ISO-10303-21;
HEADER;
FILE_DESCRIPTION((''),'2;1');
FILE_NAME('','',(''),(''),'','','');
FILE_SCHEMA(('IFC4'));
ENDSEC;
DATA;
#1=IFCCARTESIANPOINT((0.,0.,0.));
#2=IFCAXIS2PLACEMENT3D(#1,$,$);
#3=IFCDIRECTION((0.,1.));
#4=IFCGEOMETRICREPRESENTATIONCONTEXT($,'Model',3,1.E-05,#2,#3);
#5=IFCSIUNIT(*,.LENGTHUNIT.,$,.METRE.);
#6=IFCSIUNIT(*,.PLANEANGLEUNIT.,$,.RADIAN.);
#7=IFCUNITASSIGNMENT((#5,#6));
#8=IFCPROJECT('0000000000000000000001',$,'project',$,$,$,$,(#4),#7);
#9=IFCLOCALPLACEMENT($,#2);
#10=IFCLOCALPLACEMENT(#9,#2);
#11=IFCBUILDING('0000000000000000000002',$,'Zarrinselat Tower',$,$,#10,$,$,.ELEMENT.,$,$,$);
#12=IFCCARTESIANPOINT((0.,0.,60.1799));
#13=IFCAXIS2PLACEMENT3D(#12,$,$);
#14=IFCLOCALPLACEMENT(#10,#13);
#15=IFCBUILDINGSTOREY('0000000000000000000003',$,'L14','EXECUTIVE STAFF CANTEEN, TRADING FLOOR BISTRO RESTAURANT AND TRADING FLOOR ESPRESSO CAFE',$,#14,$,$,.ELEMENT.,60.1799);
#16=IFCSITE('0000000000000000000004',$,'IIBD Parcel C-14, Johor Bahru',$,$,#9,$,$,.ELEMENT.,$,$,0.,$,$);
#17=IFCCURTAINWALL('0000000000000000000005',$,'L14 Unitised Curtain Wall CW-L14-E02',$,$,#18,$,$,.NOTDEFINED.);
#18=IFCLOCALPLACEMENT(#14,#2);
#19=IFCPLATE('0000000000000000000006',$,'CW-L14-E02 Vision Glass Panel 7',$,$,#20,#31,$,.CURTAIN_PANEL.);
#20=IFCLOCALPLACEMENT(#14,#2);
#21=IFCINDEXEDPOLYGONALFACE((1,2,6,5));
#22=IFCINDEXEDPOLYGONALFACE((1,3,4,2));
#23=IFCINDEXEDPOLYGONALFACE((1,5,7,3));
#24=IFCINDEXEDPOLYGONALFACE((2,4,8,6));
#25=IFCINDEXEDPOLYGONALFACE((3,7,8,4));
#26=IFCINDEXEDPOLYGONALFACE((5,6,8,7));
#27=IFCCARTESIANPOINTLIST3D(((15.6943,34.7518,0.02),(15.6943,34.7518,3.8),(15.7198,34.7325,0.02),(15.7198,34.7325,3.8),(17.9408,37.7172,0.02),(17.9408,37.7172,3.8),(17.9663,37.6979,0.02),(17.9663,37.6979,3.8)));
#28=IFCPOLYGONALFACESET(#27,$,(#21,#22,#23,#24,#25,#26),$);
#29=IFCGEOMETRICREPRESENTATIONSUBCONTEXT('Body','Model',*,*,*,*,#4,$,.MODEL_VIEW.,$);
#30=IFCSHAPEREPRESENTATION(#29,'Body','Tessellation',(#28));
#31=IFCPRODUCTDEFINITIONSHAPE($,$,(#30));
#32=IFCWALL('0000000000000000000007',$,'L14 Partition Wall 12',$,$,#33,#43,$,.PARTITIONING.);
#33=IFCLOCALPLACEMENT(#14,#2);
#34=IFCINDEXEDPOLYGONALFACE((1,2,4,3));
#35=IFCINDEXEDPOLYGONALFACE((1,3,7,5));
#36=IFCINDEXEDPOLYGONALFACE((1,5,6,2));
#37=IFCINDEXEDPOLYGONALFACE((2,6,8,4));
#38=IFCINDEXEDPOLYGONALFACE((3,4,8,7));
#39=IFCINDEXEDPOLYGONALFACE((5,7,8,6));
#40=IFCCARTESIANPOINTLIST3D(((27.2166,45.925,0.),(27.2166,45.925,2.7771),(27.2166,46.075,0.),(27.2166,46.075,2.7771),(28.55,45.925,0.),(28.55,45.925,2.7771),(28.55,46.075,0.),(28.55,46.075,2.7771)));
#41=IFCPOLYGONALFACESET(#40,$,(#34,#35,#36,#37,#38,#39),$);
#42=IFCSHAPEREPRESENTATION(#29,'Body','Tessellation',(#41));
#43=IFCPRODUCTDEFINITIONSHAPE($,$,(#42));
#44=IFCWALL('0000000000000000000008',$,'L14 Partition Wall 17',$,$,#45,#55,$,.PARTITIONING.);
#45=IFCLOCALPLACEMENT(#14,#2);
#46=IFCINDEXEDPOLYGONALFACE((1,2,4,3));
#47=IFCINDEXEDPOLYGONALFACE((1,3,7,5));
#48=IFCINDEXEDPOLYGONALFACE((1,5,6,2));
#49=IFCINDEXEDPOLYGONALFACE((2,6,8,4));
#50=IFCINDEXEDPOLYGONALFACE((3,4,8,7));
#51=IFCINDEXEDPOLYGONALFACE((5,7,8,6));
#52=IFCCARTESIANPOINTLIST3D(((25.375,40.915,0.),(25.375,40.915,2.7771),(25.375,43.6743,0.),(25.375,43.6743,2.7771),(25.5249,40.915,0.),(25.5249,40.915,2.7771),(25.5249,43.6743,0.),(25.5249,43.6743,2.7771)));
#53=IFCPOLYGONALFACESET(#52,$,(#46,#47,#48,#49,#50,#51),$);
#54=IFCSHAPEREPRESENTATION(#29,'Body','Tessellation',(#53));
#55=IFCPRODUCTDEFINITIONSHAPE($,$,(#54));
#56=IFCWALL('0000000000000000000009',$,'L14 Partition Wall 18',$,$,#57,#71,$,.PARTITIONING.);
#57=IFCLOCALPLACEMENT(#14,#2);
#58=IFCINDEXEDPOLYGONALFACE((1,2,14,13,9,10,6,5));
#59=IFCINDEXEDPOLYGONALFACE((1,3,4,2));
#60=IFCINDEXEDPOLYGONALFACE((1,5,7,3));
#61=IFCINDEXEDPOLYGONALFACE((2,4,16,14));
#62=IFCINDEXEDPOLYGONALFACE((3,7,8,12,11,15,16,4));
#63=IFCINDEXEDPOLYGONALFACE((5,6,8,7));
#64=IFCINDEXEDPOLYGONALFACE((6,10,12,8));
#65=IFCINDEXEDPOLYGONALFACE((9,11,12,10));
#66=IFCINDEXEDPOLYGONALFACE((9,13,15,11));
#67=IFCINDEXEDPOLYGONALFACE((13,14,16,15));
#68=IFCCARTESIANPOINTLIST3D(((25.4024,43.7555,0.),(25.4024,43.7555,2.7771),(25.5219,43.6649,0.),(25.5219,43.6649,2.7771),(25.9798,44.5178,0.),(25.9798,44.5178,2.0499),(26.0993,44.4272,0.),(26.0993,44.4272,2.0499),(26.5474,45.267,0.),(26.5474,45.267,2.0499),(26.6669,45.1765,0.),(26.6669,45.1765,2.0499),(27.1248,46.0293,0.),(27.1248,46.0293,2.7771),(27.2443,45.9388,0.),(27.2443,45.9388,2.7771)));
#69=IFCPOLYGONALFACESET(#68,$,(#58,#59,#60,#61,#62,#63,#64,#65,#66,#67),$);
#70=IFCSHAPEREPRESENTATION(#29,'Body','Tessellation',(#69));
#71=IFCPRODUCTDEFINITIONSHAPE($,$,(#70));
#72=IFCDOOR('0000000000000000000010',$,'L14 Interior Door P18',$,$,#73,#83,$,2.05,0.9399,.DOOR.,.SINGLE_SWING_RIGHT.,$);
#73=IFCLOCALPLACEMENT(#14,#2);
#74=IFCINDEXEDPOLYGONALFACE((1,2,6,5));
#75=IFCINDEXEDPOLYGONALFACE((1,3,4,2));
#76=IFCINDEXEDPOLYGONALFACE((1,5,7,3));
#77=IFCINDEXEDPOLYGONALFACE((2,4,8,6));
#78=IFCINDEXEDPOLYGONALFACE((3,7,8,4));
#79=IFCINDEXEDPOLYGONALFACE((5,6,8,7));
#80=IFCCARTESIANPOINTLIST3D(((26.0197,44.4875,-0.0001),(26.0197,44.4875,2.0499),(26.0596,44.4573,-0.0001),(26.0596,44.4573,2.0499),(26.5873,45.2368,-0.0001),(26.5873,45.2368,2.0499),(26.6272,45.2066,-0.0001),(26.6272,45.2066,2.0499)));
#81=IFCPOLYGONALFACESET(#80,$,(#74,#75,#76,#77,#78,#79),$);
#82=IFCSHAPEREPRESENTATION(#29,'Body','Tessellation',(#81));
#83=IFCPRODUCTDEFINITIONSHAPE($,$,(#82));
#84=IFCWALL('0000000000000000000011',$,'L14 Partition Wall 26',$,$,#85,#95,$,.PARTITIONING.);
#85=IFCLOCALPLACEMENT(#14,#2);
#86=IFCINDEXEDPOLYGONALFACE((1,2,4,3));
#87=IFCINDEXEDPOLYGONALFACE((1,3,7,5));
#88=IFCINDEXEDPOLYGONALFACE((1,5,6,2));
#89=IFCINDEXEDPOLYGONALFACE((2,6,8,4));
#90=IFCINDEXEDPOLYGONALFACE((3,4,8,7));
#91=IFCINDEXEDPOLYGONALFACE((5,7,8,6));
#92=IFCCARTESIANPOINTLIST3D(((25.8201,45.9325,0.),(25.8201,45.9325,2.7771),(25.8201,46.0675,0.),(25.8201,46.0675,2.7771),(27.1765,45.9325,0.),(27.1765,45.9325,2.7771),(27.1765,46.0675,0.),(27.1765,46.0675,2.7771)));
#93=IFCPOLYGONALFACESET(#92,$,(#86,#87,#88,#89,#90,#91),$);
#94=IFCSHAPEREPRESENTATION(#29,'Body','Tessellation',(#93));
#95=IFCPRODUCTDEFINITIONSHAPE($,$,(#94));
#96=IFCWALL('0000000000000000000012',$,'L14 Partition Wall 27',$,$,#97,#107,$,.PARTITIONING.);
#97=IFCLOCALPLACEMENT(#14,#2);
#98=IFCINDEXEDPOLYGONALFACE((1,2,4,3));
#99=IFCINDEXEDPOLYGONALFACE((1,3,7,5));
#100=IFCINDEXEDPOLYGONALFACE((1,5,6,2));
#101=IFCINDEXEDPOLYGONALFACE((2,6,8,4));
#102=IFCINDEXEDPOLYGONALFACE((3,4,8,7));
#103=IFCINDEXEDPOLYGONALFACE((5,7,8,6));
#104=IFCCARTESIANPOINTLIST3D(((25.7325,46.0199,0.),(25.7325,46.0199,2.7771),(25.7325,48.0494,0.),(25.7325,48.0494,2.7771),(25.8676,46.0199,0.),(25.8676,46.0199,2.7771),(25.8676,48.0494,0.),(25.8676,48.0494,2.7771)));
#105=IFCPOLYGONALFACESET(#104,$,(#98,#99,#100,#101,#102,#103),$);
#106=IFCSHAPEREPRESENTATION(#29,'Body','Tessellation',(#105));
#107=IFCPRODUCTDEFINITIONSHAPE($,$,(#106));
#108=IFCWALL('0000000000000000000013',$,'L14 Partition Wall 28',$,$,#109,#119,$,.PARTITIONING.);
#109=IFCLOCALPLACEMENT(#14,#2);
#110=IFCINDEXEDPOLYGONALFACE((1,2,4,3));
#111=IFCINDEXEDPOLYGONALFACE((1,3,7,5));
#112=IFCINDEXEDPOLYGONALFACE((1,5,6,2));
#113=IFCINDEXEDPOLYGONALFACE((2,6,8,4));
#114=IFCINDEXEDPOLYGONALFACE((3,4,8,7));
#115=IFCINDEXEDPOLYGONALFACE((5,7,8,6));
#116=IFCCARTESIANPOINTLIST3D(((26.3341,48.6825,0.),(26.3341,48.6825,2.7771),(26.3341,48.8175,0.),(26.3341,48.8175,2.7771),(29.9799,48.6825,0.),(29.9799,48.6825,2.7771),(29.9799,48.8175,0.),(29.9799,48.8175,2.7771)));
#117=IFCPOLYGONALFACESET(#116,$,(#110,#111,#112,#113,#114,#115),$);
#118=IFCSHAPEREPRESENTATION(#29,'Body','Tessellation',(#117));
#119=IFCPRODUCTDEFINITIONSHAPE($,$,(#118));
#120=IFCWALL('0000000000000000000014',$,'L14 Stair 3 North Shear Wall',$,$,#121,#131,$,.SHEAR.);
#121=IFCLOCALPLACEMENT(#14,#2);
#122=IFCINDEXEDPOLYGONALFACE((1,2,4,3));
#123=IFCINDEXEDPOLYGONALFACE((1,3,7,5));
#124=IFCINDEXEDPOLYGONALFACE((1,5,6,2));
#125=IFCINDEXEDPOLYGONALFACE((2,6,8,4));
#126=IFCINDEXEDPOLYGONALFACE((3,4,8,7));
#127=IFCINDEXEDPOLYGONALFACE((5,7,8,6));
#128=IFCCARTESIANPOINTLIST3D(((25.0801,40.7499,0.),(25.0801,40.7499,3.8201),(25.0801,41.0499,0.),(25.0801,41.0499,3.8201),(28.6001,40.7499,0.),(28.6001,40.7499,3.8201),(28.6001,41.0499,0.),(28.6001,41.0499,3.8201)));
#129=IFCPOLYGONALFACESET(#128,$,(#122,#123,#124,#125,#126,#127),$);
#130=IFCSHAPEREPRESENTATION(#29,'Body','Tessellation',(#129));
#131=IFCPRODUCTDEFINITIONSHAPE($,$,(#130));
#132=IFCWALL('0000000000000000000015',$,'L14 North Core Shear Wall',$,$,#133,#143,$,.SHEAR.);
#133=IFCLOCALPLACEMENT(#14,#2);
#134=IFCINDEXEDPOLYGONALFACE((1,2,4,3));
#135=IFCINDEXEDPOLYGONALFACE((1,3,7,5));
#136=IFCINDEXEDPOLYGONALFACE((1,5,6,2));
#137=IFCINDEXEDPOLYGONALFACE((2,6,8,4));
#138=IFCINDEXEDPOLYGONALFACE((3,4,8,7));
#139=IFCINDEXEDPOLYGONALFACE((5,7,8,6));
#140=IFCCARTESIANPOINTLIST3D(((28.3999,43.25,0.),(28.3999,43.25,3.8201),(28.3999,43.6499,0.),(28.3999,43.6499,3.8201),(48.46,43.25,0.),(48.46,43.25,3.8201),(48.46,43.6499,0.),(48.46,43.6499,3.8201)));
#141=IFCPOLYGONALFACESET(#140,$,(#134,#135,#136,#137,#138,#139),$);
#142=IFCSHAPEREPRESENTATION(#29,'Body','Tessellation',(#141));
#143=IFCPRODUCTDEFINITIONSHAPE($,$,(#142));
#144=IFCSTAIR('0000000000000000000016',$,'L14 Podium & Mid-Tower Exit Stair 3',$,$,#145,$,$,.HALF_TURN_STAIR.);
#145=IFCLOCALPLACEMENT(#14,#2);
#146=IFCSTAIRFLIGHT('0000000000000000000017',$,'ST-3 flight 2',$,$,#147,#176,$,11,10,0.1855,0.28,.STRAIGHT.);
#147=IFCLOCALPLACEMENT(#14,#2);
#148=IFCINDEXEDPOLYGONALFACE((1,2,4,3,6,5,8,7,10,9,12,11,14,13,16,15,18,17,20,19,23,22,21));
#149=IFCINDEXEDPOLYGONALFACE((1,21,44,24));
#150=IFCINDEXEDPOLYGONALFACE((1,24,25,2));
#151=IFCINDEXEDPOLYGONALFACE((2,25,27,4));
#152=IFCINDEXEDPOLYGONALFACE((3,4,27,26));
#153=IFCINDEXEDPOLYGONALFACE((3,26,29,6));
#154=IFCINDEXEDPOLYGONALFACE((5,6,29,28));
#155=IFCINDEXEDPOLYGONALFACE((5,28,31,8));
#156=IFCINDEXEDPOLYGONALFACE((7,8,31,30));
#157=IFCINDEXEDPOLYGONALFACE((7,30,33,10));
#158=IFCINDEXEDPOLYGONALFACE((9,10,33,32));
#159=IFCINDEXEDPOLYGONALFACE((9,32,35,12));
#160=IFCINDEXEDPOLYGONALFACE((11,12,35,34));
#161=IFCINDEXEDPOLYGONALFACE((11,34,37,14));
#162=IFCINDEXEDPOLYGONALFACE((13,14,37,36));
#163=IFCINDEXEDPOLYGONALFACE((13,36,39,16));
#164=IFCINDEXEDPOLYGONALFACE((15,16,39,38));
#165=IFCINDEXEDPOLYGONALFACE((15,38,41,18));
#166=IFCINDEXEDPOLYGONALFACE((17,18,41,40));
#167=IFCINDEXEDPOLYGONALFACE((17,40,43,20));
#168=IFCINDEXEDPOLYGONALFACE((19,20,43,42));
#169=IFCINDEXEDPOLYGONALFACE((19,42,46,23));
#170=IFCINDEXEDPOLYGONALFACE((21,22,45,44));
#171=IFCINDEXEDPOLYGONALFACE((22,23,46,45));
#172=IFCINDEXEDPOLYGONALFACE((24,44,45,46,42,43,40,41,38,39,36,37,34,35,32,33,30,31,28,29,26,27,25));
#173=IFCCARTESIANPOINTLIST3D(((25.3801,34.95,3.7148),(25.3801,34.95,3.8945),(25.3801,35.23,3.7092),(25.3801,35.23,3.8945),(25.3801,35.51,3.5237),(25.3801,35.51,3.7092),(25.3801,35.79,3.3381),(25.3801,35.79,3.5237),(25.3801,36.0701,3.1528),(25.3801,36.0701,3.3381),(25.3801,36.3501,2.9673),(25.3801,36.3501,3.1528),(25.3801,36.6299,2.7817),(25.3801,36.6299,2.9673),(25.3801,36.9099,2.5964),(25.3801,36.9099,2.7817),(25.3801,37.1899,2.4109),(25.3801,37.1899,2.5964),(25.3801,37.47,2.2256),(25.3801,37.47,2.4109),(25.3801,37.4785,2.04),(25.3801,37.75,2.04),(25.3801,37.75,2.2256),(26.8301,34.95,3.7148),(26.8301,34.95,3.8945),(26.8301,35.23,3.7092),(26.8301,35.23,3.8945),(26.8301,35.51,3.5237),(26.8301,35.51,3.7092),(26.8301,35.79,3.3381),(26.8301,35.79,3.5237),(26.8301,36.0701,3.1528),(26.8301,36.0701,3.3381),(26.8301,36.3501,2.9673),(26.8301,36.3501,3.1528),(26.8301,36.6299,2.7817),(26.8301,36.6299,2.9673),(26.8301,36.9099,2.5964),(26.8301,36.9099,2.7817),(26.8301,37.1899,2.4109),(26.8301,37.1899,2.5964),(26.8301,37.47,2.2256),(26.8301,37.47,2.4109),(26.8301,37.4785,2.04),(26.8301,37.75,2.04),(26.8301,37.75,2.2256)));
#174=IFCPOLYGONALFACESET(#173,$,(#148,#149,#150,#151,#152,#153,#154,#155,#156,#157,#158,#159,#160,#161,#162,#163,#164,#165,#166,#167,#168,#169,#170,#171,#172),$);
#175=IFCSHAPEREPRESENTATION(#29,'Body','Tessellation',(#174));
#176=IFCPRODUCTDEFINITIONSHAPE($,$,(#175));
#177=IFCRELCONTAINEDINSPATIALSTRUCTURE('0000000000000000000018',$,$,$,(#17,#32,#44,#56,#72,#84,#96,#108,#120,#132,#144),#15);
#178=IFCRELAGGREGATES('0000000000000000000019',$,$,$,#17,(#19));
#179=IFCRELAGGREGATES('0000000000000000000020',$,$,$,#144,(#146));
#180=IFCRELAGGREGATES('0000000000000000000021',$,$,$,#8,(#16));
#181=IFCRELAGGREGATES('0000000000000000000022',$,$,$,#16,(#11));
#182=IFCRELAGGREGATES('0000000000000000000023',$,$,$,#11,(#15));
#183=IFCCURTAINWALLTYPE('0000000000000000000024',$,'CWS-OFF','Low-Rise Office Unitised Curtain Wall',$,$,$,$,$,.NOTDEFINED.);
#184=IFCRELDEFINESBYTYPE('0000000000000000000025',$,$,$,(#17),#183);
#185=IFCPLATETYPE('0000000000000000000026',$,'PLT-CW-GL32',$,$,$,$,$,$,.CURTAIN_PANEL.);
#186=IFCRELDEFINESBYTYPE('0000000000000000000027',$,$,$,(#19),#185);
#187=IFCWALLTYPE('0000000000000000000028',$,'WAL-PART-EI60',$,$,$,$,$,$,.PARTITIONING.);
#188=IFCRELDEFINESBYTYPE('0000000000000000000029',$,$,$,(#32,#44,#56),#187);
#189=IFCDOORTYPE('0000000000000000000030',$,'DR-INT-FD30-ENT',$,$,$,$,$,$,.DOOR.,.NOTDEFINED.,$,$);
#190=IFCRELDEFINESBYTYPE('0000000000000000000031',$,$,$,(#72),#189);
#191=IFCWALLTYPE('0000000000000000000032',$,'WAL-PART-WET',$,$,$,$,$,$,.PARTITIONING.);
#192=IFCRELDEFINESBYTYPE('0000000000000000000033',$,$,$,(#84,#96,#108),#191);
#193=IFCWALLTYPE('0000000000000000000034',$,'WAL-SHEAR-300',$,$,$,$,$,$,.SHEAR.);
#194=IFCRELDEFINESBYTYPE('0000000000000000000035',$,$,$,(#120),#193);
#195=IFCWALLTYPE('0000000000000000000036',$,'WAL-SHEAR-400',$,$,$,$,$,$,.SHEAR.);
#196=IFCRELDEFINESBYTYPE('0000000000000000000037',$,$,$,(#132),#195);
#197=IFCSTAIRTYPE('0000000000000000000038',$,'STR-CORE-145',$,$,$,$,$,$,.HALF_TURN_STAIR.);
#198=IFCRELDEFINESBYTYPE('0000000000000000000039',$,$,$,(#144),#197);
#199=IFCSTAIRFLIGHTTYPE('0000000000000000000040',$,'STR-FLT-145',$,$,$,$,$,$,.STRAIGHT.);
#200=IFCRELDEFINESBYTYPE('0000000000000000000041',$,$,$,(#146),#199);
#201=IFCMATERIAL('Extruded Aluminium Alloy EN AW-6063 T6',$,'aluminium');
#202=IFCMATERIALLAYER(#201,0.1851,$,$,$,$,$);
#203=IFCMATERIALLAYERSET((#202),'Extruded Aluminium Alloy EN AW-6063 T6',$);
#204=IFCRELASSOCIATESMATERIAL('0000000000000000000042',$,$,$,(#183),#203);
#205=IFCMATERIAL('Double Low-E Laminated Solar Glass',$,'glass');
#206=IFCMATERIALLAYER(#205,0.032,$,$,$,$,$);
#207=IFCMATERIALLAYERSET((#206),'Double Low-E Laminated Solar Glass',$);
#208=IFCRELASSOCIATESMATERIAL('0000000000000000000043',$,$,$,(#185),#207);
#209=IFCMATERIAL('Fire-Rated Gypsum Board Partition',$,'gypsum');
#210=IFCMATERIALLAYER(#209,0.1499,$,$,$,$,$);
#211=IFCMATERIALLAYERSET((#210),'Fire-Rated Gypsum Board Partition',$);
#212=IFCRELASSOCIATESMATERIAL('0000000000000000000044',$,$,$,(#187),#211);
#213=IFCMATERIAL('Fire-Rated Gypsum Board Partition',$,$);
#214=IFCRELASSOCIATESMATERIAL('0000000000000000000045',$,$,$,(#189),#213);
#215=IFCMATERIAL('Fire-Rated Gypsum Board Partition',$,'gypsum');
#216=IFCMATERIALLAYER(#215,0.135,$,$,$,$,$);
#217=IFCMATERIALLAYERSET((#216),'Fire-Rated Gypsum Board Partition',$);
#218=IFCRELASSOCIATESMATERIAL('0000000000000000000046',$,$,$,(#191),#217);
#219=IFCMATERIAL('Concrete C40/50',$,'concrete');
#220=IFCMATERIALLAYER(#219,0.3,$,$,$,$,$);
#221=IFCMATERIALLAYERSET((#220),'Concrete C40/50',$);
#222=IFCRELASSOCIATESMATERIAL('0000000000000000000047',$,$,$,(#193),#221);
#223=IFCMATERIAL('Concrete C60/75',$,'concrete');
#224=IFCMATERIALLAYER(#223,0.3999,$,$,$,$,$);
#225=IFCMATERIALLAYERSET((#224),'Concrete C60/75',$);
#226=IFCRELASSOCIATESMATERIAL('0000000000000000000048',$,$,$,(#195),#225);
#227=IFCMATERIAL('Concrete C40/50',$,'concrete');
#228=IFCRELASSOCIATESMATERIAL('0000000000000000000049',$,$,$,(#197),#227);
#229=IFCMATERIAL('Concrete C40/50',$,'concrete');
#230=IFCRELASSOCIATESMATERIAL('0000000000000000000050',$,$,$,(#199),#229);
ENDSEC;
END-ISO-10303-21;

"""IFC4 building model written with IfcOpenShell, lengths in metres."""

from ifc_helpers import new_model, si_unit, direction, frame, frame_2d, origin, origin_2d, place, context, subcontext, project, spatial, polyline, rectangle, outline, extrude, material, layer, layer_set, type_object, element, fill, aggregate, save


model = new_model("IFC4")

# Units and contexts
model_context = context("Model", 3, precision=1e-05, world=origin(), true_north=direction((0.0, 1.0)))
body_context = subcontext(model_context, "Body", "Model", "MODEL_VIEW")
ifc_project = project(units=[si_unit("LENGTHUNIT", "METRE"), si_unit("PLANEANGLEUNIT", "RADIAN")], contexts=[model_context])

# Site, building, storey
site_placement = place(None, origin())
site = spatial("IfcSite", under=ifc_project, at=site_placement, Name="IIBD Parcel C-14, Johor Bahru", CompositionType="ELEMENT", RefElevation=0.0)
building_placement = place(site_placement, origin())
building = spatial("IfcBuilding", under=site, at=building_placement, Name="Zarrinselat Tower", CompositionType="ELEMENT")
storey_placement = place(building_placement, frame((0.0, 0.0, 60.1799)))
storey = spatial("IfcBuildingStorey", under=building, at=storey_placement, Name="L14", Description="EXECUTIVE STAFF CANTEEN, TRADING FLOOR BISTRO RESTAURANT AND TRADING FLOOR ESPRESSO CAFE", CompositionType="ELEMENT", Elevation=60.1799)

# Shared definitions
ifc_material_1 = material(Name="Extruded Aluminium Alloy EN AW-6063 T6", Category="aluminium")
ifc_layer_1 = layer(ifc_material_1, 0.1851)
ifc_layer_set_1 = layer_set([ifc_layer_1], Name="Extruded Aluminium Alloy EN AW-6063 T6")
curtain_wall_type = type_object("IfcCurtainWallType", Name="CWS-OFF", Description="Low-Rise Office Unitised Curtain Wall", PredefinedType="NOTDEFINED", material=ifc_layer_set_1)

# Curtain wall, plate
curtain_wall_1_placement = place(storey_placement, origin())
curtain_wall_1 = element("IfcCurtainWall", 1, at=curtain_wall_1_placement, inside=storey, type_object=curtain_wall_type, Name="L14 Unitised Curtain Wall CW-L14-E02", PredefinedType="NOTDEFINED")
ifc_material_2 = material(Name="Double Low-E Laminated Solar Glass", Category="glass")
ifc_layer_2 = layer(ifc_material_2, 0.032)
ifc_layer_set_2 = layer_set([ifc_layer_2], Name="Double Low-E Laminated Solar Glass")
plate_type = type_object("IfcPlateType", Name="PLT-CW-GL32", PredefinedType="CURTAIN_PANEL", material=ifc_layer_set_2)
plate_1_placement = place(storey_placement, frame((16.8303, 36.2249, 0.02), z_axis=(0.0, 0.0, 1.0), x_axis=(-0.60386, -0.797091, 0.0)))
plate_1 = element("IfcPlate", 2, at=plate_1_placement, type_object=plate_type, Name="CW-L14-E02 Vision Glass Panel 7", PredefinedType="CURTAIN_PANEL", context=body_context, shape_type="SweptSolid", body=[
    extrude(rectangle(XDim=3.7202, YDim=0.032, at=origin_2d()), origin(), (0.0, 0.0, 1.0), 3.78),
])
aggregate(curtain_wall_1, [plate_1])

# Walls
ifc_material_3 = material(Name="Fire-Rated Gypsum Board Partition", Category="gypsum")
ifc_layer_3 = layer(ifc_material_3, 0.1499)
ifc_layer_set_3 = layer_set([ifc_layer_3], Name="Fire-Rated Gypsum Board Partition")
wall_type_1 = type_object("IfcWallType", Name="WAL-PART-EI60", PredefinedType="PARTITIONING", material=ifc_layer_set_3)
wall_1_placement = place(storey_placement, frame((27.2166, 46.0, 0.0), z_axis=(0.0, 0.0, 1.0), x_axis=(1.0, 0.0, 0.0)))
element("IfcWall", 3, at=wall_1_placement, inside=storey, type_object=wall_type_1, Name="L14 Partition Wall 12", PredefinedType="PARTITIONING", context=body_context, shape_type="SweptSolid", body=[
    extrude(rectangle(XDim=1.3335, YDim=0.1499, at=frame_2d((0.6667, 0.0))), origin(), (0.0, 0.0, 1.0), 2.7771),
])
wall_2_placement = place(storey_placement, frame((25.45, 40.915, 0.0), z_axis=(0.0, 0.0, 1.0), x_axis=(0.0, 1.0, 0.0)))
element("IfcWall", 4, at=wall_2_placement, inside=storey, type_object=wall_type_1, Name="L14 Partition Wall 17", PredefinedType="PARTITIONING", context=body_context, shape_type="SweptSolid", body=[
    extrude(rectangle(XDim=2.7593, YDim=0.1499, at=frame_2d((1.3796, 0.0))), origin(), (0.0, 0.0, 1.0), 2.7771),
])

# Wall, opening, door
wall_3_placement = place(storey_placement, frame((25.4622, 43.7102, 0.0), z_axis=(0.0, 0.0, 1.0), x_axis=(0.6038, 0.797136, 0.0)))
wall_3 = element("IfcWall", 5, at=wall_3_placement, inside=storey, type_object=wall_type_1, Name="L14 Partition Wall 18", PredefinedType="PARTITIONING", context=body_context, shape_type="SweptSolid", body=[
    extrude(rectangle(XDim=2.8525, YDim=0.1499, at=frame_2d((1.4263, 0.0))), origin(), (0.0, 0.0, 1.0), 2.7771),
])
opening_placement = place(wall_3_placement, frame((0.9563, 0.0, 0.0)))
opening = element("IfcOpeningElement", 6, at=opening_placement, cuts=wall_3, PredefinedType="OPENING", context=body_context, shape_type="SweptSolid", body=[
    extrude(rectangle(XDim=0.9399, YDim=2.05, at=frame_2d((0.47, 1.0249))), frame((0.0, 0.085, 0.0), z_axis=(0.0, -1.0, 0.0), x_axis=(1.0, 0.0, 0.0)), (0.0, 0.0, 1.0), 0.1699),
])
ifc_material_4 = material(Name="Fire-Rated Gypsum Board Partition")
door_type = type_object("IfcDoorType", Name="DR-INT-FD30-ENT", OperationType="NOTDEFINED", PredefinedType="DOOR", material=ifc_material_4)
door_placement = place(opening_placement, origin())
door = element("IfcDoor", 7, at=door_placement, inside=storey, type_object=door_type, Name="L14 Interior Door P18", OperationType="SINGLE_SWING_RIGHT", OverallHeight=2.05, OverallWidth=0.9399, PredefinedType="DOOR", context=body_context, shape_type="SweptSolid", body=[
    extrude(rectangle(XDim=0.9399, YDim=2.05, at=frame_2d((0.47, 1.0249))), frame((0.0, 0.0249, 0.0), z_axis=(0.0, -1.0, 0.0), x_axis=(1.0, 0.0, 0.0)), (0.0, 0.0, 1.0), 0.05),
])
fill(opening, door)

# Walls
ifc_material_5 = material(Name="Fire-Rated Gypsum Board Partition", Category="gypsum")
ifc_layer_4 = layer(ifc_material_5, 0.135)
ifc_layer_set_4 = layer_set([ifc_layer_4], Name="Fire-Rated Gypsum Board Partition")
wall_type_2 = type_object("IfcWallType", Name="WAL-PART-WET", PredefinedType="PARTITIONING", material=ifc_layer_set_4)
wall_4_placement = place(storey_placement, frame((25.8201, 46.0, 0.0), z_axis=(0.0, 0.0, 1.0), x_axis=(1.0, 0.0, 0.0)))
element("IfcWall", 8, at=wall_4_placement, inside=storey, type_object=wall_type_2, Name="L14 Partition Wall 26", PredefinedType="PARTITIONING", context=body_context, shape_type="SweptSolid", body=[
    extrude(rectangle(XDim=1.3564, YDim=0.135, at=frame_2d((0.6782, 0.0))), origin(), (0.0, 0.0, 1.0), 2.7771),
])
wall_5_placement = place(storey_placement, frame((25.8, 46.02, 0.0), z_axis=(0.0, 0.0, 1.0), x_axis=(0.0, 1.0, 0.0)))
element("IfcWall", 9, at=wall_5_placement, inside=storey, type_object=wall_type_2, Name="L14 Partition Wall 27", PredefinedType="PARTITIONING", context=body_context, shape_type="SweptSolid", body=[
    extrude(rectangle(XDim=2.0295, YDim=0.135, at=frame_2d((1.0146, 0.0))), origin(), (0.0, 0.0, 1.0), 2.7771),
])
wall_6_placement = place(storey_placement, frame((26.3342, 48.75, 0.0), z_axis=(0.0, 0.0, 1.0), x_axis=(1.0, 0.0, 0.0)))
element("IfcWall", 10, at=wall_6_placement, inside=storey, type_object=wall_type_2, Name="L14 Partition Wall 28", PredefinedType="PARTITIONING", context=body_context, shape_type="SweptSolid", body=[
    extrude(rectangle(XDim=3.6458, YDim=0.135, at=frame_2d((1.8228, 0.0))), origin(), (0.0, 0.0, 1.0), 2.7771),
])
ifc_material_6 = material(Name="Concrete C40/50", Category="concrete")
ifc_layer_5 = layer(ifc_material_6, 0.3)
ifc_layer_set_5 = layer_set([ifc_layer_5], Name="Concrete C40/50")
wall_type_3 = type_object("IfcWallType", Name="WAL-SHEAR-300", PredefinedType="SHEAR", material=ifc_layer_set_5)
wall_7_placement = place(storey_placement, frame((25.0801, 40.8999, 0.0), z_axis=(0.0, 0.0, 1.0), x_axis=(1.0, 0.0, 0.0)))
element("IfcWall", 11, at=wall_7_placement, inside=storey, type_object=wall_type_3, Name="L14 Stair 3 North Shear Wall", PredefinedType="SHEAR", context=body_context, shape_type="SweptSolid", body=[
    extrude(rectangle(XDim=3.52, YDim=0.3, at=frame_2d((1.76, 0.0))), origin(), (0.0, 0.0, 1.0), 3.8201),
])
ifc_material_7 = material(Name="Concrete C60/75", Category="concrete")
ifc_layer_6 = layer(ifc_material_7, 0.3999)
ifc_layer_set_6 = layer_set([ifc_layer_6], Name="Concrete C60/75")
wall_type_4 = type_object("IfcWallType", Name="WAL-SHEAR-400", PredefinedType="SHEAR", material=ifc_layer_set_6)
wall_8_placement = place(storey_placement, frame((28.3999, 43.45, 0.0), z_axis=(0.0, 0.0, 1.0), x_axis=(1.0, 0.0, 0.0)))
element("IfcWall", 12, at=wall_8_placement, inside=storey, type_object=wall_type_4, Name="L14 North Core Shear Wall", PredefinedType="SHEAR", context=body_context, shape_type="SweptSolid", body=[
    extrude(rectangle(XDim=20.0601, YDim=0.3999, at=frame_2d((10.03, 0.0))), origin(), (0.0, 0.0, 1.0), 3.8201),
])

# Stair, stair flight
ifc_material_8 = material(Name="Concrete C40/50", Category="concrete")
stair_type = type_object("IfcStairType", Name="STR-CORE-145", PredefinedType="HALF_TURN_STAIR", material=ifc_material_8)
stair_placement = place(storey_placement, origin())
stair = element("IfcStair", 13, at=stair_placement, inside=storey, type_object=stair_type, Name="L14 Podium & Mid-Tower Exit Stair 3", PredefinedType="HALF_TURN_STAIR")
ifc_material_9 = material(Name="Concrete C40/50", Category="concrete")
stair_flight_type = type_object("IfcStairFlightType", Name="STR-FLT-145", PredefinedType="STRAIGHT", material=ifc_material_9)
stair_flight_placement = place(storey_placement, frame((26.105, 37.75, 2.04), z_axis=(0.0, 0.0, 1.0), x_axis=(0.0, -1.0, 0.0)))
stair_flight = element("IfcStairFlight", 14, at=stair_flight_placement, type_object=stair_flight_type, Name="ST-3 flight 2", NumberOfRisers=11, NumberOfTreads=10, PredefinedType="STRAIGHT", RiserHeight=0.1855, TreadLength=0.28, context=body_context, shape_type="SweptSolid", body=[
    extrude(outline(polyline([(0.0, 0.0), (0.0, 0.1855), (0.28, 0.1855), (0.28, 0.3708), (0.5601, 0.3708), (0.5601, 0.5564), (0.8401, 0.5564), (0.8401, 0.7417), (1.1201, 0.7417), (1.1201, 0.9272), (1.3999, 0.9272), (1.3999, 1.1128), (1.6799, 1.1128), (1.6799, 1.2981), (1.96, 1.2981), (1.96, 1.4836), (2.24, 1.4836), (2.24, 1.6692), (2.52, 1.6692), (2.52, 1.8545), (2.8, 1.8545), (2.8, 2.04), (2.8, 1.6748), (0.2715, 0.0), (0.0, 0.0)])), frame((0.0, 0.7251, 0.0), z_axis=(0.0, -1.0, 0.0), x_axis=(1.0, 0.0, 0.0)), (0.0, 0.0, 1.0), 1.45),
])
aggregate(stair, [stair_flight])

save(model, "model.ifc")
